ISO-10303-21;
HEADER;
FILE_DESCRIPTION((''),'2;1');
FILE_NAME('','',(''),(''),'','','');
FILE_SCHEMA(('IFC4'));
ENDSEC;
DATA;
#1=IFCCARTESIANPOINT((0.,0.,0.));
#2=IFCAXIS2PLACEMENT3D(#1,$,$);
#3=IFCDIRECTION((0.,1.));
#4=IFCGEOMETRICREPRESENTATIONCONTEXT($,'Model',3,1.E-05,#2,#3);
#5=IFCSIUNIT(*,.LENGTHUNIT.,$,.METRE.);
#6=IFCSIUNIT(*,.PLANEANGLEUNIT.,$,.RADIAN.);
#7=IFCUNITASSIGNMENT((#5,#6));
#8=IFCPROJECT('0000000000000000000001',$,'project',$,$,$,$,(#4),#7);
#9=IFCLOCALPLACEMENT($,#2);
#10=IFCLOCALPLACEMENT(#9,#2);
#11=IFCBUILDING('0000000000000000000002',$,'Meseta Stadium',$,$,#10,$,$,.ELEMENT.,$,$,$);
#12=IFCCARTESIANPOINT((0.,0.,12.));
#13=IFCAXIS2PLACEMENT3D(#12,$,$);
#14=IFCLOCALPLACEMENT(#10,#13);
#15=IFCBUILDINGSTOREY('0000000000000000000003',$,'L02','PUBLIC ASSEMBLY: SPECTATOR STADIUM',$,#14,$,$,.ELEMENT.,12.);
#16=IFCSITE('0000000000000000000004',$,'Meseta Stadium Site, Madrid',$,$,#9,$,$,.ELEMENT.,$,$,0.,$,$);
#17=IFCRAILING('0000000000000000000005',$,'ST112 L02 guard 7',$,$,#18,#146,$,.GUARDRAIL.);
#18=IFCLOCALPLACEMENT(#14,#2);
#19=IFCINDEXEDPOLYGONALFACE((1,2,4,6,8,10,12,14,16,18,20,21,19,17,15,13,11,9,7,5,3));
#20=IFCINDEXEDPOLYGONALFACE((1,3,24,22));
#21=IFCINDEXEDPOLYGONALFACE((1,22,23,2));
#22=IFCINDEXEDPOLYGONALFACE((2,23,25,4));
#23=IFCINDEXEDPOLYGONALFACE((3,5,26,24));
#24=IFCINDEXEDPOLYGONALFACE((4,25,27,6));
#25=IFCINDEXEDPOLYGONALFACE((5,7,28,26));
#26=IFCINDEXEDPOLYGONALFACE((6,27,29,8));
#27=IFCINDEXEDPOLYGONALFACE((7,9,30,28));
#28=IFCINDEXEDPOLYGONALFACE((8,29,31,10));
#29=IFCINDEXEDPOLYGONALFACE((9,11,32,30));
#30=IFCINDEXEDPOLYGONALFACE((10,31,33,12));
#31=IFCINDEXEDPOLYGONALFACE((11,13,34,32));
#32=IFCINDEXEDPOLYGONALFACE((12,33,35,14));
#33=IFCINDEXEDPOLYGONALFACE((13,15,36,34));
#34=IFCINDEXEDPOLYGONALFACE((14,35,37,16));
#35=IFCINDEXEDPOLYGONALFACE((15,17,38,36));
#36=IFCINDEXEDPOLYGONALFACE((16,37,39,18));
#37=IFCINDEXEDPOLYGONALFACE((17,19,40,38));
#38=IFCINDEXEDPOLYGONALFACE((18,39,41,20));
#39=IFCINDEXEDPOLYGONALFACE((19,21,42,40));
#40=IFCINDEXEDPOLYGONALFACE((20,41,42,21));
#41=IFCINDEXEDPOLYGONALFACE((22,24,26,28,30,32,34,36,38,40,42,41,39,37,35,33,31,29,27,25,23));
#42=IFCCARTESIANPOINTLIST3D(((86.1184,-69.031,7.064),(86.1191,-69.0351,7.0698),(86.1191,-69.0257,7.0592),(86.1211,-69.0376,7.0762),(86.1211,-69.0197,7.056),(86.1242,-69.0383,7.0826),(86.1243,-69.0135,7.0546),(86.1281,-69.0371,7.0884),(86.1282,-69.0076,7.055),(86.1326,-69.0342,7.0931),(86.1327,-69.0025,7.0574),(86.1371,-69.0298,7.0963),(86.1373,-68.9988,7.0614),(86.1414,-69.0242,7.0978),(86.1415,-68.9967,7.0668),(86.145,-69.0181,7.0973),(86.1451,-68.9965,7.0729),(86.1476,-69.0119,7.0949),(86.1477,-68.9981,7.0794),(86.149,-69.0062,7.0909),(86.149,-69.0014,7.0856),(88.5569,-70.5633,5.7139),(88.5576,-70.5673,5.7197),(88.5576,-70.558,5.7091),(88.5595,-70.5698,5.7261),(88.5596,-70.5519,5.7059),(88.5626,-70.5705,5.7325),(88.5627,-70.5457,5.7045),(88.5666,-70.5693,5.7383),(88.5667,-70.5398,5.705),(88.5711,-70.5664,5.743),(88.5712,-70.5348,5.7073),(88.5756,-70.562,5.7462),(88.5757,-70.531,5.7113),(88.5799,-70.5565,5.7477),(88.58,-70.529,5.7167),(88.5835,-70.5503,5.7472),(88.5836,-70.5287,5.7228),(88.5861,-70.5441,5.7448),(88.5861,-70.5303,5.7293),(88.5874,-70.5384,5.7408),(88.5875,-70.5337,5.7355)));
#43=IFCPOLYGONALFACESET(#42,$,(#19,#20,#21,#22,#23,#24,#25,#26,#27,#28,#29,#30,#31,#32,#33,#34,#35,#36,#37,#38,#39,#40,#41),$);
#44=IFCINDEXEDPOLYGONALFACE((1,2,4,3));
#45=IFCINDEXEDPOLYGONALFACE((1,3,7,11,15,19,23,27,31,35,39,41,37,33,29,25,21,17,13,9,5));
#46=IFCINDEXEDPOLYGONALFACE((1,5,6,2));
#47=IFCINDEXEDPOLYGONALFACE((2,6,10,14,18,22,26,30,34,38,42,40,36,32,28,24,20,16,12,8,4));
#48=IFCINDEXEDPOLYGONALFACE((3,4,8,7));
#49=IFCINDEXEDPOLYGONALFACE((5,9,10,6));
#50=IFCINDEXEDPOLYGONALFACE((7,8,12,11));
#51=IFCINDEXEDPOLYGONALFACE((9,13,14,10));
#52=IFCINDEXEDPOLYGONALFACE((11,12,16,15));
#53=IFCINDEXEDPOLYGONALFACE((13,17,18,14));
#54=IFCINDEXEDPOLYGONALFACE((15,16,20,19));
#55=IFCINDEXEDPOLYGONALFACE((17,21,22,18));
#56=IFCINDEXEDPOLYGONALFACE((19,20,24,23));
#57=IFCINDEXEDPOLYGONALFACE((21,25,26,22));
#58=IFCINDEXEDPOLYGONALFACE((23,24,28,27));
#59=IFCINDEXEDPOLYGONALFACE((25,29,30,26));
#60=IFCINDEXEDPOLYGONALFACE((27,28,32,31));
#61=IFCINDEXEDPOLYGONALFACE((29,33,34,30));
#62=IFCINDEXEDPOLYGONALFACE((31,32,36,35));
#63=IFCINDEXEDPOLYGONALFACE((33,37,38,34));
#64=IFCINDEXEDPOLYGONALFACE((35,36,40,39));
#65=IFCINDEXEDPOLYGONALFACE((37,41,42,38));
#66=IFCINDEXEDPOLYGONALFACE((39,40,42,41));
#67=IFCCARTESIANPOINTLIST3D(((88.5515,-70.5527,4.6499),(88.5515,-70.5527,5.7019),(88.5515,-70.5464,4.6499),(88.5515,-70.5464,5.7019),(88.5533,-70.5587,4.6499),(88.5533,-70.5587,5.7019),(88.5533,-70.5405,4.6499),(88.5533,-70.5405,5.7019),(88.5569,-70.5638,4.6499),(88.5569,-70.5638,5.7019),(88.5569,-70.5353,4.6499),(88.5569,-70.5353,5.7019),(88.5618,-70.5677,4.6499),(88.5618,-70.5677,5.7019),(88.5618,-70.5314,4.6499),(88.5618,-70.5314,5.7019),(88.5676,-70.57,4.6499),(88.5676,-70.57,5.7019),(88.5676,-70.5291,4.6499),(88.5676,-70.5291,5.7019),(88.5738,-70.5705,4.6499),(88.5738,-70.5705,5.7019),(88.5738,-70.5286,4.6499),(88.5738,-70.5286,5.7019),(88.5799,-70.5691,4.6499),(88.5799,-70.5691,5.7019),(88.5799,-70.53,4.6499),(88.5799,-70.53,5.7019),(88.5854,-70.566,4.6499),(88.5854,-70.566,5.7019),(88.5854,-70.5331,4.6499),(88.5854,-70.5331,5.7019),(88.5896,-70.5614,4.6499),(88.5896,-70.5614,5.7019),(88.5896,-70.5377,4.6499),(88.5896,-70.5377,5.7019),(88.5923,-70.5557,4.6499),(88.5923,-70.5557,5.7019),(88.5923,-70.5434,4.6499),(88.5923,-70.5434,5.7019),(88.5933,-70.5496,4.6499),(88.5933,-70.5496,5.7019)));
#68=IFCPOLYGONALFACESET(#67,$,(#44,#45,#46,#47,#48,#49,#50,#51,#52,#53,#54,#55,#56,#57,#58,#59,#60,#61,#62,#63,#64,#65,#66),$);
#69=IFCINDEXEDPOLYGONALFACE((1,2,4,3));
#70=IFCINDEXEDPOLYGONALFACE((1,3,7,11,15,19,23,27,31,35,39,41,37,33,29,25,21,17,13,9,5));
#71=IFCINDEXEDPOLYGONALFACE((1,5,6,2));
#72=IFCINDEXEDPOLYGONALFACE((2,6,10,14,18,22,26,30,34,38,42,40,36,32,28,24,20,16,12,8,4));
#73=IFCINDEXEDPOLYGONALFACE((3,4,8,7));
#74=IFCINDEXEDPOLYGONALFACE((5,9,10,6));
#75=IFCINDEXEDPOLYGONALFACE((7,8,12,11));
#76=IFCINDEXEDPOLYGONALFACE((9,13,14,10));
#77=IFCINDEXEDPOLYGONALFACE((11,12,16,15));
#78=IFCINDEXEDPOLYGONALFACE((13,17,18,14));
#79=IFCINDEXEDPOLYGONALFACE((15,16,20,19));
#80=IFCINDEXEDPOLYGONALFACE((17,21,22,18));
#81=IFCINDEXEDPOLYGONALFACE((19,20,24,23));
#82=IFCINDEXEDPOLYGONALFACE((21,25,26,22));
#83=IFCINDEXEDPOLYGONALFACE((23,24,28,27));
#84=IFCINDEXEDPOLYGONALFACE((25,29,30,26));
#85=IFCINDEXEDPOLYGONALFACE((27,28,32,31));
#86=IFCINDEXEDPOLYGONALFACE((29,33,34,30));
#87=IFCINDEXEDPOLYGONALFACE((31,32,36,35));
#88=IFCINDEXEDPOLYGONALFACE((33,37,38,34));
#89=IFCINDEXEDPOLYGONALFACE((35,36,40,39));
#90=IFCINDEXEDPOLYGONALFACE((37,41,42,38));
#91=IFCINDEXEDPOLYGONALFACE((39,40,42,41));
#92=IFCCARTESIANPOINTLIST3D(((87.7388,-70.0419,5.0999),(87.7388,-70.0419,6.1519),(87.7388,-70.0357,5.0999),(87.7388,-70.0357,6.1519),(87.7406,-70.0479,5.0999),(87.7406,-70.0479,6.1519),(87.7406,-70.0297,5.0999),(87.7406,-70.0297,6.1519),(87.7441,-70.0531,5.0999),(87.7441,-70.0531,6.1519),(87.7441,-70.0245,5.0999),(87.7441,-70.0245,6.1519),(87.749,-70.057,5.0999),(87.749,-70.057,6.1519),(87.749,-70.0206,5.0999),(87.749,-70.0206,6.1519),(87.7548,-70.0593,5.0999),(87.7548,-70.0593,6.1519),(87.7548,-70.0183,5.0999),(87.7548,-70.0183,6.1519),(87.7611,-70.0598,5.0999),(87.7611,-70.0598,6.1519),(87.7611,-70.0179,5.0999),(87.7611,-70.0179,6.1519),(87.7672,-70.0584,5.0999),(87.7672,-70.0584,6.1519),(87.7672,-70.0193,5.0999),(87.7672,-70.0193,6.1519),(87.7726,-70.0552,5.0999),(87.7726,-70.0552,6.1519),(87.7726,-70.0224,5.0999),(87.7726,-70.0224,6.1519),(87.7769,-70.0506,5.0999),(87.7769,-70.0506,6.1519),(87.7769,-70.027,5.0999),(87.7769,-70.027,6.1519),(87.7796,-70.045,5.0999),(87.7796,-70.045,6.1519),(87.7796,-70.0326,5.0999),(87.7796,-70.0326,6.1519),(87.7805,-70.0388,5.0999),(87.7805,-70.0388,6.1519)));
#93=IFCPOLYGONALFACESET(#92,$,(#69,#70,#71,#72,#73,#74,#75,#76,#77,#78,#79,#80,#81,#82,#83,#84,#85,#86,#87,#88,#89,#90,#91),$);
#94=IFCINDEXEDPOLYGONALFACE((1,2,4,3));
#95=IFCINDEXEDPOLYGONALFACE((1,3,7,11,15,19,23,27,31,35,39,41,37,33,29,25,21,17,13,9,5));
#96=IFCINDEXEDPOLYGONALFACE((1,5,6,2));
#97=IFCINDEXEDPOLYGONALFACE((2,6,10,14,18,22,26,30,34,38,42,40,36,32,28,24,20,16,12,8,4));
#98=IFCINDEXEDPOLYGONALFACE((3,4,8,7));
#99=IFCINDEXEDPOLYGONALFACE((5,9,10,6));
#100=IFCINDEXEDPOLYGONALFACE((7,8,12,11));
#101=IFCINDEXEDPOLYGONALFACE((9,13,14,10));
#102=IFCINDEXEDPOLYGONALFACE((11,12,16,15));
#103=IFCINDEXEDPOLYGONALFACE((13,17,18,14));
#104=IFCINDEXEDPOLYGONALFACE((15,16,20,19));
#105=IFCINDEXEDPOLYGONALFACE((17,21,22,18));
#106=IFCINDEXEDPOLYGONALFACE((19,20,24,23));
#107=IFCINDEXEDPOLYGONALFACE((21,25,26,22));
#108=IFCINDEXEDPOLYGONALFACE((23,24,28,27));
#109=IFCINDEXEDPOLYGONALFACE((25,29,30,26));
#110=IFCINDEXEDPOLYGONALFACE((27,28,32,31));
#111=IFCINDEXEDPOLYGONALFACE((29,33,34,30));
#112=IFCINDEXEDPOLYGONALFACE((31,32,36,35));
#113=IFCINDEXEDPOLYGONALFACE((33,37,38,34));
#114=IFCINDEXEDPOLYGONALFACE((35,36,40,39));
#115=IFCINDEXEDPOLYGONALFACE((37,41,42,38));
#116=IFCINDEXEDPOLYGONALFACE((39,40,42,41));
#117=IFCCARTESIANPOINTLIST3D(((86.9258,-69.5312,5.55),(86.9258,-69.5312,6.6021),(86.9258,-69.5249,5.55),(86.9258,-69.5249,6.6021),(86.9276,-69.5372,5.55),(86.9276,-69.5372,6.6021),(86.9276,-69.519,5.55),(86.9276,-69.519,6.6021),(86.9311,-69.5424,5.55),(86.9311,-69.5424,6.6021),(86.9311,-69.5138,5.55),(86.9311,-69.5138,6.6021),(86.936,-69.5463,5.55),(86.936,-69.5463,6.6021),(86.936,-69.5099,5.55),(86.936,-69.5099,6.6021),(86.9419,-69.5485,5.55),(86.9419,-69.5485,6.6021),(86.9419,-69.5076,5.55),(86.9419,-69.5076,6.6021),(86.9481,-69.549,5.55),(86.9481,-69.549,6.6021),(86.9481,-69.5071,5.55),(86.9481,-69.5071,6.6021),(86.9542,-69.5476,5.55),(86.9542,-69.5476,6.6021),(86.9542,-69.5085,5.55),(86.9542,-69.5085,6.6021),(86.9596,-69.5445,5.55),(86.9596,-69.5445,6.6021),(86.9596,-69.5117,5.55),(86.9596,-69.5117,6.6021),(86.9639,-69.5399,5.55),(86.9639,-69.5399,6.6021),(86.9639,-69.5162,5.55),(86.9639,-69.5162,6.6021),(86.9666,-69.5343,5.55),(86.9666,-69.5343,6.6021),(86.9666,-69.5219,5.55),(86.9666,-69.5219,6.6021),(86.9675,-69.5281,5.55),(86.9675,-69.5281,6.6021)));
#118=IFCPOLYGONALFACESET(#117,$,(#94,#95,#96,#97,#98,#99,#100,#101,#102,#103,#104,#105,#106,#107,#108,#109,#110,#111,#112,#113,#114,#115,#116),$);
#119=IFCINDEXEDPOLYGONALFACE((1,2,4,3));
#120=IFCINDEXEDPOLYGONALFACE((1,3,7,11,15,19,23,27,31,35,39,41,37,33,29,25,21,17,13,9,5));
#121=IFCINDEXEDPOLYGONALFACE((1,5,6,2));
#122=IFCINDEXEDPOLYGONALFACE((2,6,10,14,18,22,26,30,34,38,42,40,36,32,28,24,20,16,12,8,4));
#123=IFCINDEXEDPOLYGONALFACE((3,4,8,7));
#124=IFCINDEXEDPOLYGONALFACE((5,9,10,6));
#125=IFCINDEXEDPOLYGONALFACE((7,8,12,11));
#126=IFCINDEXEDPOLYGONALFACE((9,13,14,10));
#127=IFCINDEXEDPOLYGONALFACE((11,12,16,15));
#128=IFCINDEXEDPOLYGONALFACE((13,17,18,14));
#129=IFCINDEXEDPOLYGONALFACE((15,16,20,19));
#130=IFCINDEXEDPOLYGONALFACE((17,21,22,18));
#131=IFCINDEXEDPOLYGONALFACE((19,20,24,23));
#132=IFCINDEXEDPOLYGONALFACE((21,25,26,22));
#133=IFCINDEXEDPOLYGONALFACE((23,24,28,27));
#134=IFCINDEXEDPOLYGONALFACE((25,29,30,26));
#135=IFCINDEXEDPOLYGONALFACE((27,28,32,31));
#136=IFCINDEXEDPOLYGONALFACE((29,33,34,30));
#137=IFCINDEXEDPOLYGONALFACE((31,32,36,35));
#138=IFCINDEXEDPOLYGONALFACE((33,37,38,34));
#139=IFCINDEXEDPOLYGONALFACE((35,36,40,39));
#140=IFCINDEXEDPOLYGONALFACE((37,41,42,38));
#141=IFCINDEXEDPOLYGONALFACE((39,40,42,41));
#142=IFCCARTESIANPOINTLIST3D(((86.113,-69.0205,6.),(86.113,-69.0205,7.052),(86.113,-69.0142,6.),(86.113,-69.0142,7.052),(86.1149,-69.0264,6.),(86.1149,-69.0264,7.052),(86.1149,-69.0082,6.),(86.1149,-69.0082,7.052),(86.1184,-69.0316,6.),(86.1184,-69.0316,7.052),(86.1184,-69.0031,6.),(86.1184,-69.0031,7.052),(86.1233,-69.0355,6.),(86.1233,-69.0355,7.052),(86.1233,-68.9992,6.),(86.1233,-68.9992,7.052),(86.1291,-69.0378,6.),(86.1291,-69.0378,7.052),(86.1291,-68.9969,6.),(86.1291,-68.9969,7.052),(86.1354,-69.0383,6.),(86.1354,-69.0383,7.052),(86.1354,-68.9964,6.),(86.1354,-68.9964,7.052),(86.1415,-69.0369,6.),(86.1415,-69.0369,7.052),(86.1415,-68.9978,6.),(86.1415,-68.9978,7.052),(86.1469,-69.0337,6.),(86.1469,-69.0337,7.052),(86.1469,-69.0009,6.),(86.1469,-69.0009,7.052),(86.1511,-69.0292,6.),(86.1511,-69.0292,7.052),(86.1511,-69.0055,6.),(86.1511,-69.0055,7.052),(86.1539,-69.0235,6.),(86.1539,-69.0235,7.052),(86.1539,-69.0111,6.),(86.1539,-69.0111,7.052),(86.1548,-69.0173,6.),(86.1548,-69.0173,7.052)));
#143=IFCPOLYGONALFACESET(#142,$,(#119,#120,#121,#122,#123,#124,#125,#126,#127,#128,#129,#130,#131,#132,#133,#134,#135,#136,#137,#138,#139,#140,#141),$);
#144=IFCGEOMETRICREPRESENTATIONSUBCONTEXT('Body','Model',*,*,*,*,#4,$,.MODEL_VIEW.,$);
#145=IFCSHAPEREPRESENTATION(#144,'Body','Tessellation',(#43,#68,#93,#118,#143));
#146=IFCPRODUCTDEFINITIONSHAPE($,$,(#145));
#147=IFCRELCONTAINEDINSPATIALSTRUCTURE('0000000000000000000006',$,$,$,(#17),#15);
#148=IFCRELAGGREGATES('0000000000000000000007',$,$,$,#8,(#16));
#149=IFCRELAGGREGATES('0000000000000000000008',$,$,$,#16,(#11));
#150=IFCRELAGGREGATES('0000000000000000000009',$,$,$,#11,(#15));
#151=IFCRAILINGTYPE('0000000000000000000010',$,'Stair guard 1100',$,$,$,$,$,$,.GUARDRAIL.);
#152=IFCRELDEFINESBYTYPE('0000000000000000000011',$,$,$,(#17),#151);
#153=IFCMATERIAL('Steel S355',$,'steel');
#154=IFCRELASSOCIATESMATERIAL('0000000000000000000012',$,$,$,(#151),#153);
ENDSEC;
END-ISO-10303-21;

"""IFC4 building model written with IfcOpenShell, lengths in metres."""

from ifc_helpers import new_model, si_unit, direction, frame, origin, origin_2d, place, context, subcontext, project, spatial, circle, extrude, material, type_object, element, save


model = new_model("IFC4")

# Units and contexts
model_context = context("Model", 3, precision=1e-05, world=origin(), true_north=direction((0.0, 1.0)))
body_context = subcontext(model_context, "Body", "Model", "MODEL_VIEW")
ifc_project = project(units=[si_unit("LENGTHUNIT", "METRE"), si_unit("PLANEANGLEUNIT", "RADIAN")], contexts=[model_context])

# Site, building, storey
site_placement = place(None, origin())
site = spatial("IfcSite", under=ifc_project, at=site_placement, Name="Meseta Stadium Site, Madrid", CompositionType="ELEMENT", RefElevation=0.0)
building_placement = place(site_placement, origin())
building = spatial("IfcBuilding", under=site, at=building_placement, Name="Meseta Stadium", CompositionType="ELEMENT")
storey_placement = place(building_placement, frame((0.0, 0.0, 12.0)))
storey = spatial("IfcBuildingStorey", under=building, at=storey_placement, Name="L02", Description="PUBLIC ASSEMBLY: SPECTATOR STADIUM", CompositionType="ELEMENT", Elevation=12.0)

# Railing
ifc_material_1 = material(Name="Steel S355", Category="steel")
railing_type_1 = type_object("IfcRailingType", Name="Stair guard 1100", PredefinedType="GUARDRAIL", material=ifc_material_1)
railing_1_placement = place(storey_placement, frame((88.5723, -70.5496, 4.6499)))
element("IfcRailing", 1, at=railing_1_placement, inside=storey, type_object=railing_type_1, Name="ST112 L02 guard 7", PredefinedType="GUARDRAIL", context=body_context, shape_type="SweptSolid", body=[
    extrude(circle(Radius=0.0239, at=origin_2d()), frame((0.0, 0.0, 1.0762), z_axis=(-0.766655, 0.481731, 0.42447), x_axis=(-0.53204, -0.846719, 0.0)), (0.0, 0.0, 1.0), 3.1807),
    extrude(circle(Radius=0.021, at=origin_2d()), origin(), (0.0, 0.0, 1.0), 1.052),
    extrude(circle(Radius=0.021, at=origin_2d()), frame((-0.8127, 0.5107, 0.45)), (0.0, 0.0, 1.0), 1.052),
    extrude(circle(Radius=0.021, at=origin_2d()), frame((-1.6257, 1.0215, 0.9001)), (0.0, 0.0, 1.0), 1.052),
    extrude(circle(Radius=0.021, at=origin_2d()), frame((-2.4385, 1.5322, 1.3501)), (0.0, 0.0, 1.0), 1.052),
])

save(model, "model.ifc")
